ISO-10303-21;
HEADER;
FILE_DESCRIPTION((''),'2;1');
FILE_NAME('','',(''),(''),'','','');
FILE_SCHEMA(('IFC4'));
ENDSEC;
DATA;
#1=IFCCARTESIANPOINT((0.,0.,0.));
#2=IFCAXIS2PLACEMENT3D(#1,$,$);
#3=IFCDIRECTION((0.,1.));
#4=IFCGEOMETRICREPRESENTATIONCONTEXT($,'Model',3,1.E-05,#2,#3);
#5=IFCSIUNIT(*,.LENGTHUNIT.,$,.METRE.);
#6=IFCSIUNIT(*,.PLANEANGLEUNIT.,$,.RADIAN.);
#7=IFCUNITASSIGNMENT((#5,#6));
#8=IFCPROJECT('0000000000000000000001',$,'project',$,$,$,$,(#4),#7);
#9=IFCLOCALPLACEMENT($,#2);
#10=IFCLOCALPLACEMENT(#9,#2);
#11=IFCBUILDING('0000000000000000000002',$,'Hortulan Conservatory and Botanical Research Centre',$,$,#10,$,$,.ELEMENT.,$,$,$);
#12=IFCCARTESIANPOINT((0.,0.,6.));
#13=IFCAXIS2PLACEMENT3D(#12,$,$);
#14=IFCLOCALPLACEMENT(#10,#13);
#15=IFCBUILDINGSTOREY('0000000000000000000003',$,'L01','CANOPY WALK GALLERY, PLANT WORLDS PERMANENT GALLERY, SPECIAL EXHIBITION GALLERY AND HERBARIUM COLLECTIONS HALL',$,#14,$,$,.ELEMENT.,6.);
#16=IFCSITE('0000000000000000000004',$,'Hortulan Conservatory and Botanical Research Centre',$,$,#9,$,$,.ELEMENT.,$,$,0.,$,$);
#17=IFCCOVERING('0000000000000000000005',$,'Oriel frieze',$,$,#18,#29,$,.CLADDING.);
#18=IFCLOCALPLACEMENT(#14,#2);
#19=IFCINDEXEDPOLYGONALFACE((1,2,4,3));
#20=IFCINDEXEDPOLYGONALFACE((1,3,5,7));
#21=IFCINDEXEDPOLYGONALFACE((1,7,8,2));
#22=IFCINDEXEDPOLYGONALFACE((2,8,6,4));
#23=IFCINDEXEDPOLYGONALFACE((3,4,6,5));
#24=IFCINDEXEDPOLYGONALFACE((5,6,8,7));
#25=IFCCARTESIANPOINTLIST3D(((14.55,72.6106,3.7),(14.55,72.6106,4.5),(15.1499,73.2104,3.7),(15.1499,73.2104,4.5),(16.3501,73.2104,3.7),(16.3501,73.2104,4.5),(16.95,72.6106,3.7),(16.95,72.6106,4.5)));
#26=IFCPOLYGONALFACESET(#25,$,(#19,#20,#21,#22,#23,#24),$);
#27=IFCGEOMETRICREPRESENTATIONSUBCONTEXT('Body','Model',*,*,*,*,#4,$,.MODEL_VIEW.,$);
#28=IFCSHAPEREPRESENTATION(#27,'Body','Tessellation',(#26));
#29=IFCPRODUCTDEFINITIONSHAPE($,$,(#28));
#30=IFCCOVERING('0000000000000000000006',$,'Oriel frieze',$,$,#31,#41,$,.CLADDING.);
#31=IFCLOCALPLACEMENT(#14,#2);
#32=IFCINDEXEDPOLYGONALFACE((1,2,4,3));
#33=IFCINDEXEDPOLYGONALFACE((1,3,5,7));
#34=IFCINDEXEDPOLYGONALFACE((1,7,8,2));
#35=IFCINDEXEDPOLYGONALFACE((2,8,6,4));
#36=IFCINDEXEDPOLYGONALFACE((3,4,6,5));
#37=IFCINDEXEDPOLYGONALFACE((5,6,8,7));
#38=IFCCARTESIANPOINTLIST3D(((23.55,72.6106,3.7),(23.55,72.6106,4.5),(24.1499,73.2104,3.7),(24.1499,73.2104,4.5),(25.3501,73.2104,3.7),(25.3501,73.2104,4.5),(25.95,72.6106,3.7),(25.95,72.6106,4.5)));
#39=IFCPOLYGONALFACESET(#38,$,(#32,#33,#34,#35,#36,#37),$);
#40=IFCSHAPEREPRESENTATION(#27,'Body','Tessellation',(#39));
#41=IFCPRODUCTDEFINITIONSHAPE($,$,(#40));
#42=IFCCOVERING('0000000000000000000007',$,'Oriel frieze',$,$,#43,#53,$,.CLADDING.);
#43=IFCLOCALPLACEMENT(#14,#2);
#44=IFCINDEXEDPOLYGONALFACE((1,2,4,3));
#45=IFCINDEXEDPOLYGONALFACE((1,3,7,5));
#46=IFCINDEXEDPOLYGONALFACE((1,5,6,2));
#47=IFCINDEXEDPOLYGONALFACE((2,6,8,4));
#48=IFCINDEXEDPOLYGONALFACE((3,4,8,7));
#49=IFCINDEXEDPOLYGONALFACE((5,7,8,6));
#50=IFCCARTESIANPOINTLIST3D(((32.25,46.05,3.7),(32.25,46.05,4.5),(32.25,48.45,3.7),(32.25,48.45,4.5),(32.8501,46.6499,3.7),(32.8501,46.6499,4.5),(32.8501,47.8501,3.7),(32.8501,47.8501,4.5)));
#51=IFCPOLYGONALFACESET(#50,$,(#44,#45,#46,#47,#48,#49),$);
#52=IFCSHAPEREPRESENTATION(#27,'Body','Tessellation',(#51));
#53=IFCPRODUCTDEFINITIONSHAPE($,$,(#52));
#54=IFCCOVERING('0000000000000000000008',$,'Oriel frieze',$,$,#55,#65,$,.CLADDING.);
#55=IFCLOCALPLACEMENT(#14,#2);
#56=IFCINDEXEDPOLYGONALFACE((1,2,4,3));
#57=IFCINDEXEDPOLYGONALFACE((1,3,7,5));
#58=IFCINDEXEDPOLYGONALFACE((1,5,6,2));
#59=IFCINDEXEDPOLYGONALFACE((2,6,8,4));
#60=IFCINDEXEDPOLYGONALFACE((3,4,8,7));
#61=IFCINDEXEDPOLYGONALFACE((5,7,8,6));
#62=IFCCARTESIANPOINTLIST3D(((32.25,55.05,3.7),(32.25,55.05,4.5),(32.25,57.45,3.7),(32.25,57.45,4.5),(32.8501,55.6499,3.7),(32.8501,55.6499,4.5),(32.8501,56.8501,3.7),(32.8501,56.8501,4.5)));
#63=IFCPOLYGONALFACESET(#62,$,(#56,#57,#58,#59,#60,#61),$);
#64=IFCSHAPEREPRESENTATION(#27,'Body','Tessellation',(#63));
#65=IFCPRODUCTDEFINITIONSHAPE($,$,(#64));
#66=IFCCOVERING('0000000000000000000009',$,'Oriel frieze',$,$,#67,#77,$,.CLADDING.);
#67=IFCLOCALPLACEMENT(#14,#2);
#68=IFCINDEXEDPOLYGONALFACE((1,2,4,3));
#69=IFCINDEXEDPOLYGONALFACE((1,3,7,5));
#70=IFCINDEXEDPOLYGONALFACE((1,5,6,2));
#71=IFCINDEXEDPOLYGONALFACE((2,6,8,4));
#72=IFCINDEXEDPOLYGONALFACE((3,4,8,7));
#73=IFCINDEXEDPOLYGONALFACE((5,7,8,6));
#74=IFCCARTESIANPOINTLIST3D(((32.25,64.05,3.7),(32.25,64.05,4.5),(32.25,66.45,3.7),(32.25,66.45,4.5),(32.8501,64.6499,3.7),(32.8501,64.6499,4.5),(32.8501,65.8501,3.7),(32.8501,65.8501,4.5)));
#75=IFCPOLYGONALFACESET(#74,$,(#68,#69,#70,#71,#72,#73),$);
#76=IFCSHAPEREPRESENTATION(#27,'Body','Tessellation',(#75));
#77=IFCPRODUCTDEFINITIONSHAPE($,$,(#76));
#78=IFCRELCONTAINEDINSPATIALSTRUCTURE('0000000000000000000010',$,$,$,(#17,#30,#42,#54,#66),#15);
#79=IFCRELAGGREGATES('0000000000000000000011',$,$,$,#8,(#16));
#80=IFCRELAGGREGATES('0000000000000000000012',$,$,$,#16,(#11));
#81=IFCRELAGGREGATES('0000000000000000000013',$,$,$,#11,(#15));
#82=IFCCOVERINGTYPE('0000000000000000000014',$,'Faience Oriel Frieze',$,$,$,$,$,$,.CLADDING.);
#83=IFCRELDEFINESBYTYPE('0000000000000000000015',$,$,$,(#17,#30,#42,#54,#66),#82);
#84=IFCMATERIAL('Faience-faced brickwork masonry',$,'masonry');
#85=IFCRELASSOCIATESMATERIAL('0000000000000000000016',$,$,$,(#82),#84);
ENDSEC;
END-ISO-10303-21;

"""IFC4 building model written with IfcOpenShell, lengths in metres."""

from ifc_helpers import new_model, si_unit, direction, frame, origin, place, context, subcontext, project, spatial, polyline, outline, extrude, material, type_object, element, save


model = new_model("IFC4")

# Units and contexts
model_context = context("Model", 3, precision=1e-05, world=origin(), true_north=direction((0.0, 1.0)))
body_context = subcontext(model_context, "Body", "Model", "MODEL_VIEW")
ifc_project = project(units=[si_unit("LENGTHUNIT", "METRE"), si_unit("PLANEANGLEUNIT", "RADIAN")], contexts=[model_context])

# Site, building, storey
site_placement = place(None, origin())
site = spatial("IfcSite", under=ifc_project, at=site_placement, Name="Hortulan Conservatory and Botanical Research Centre", CompositionType="ELEMENT", RefElevation=0.0)
building_placement = place(site_placement, origin())
building = spatial("IfcBuilding", under=site, at=building_placement, Name="Hortulan Conservatory and Botanical Research Centre", CompositionType="ELEMENT")
storey_placement = place(building_placement, frame((0.0, 0.0, 6.0)))
storey = spatial("IfcBuildingStorey", under=building, at=storey_placement, Name="L01", Description="CANOPY WALK GALLERY, PLANT WORLDS PERMANENT GALLERY, SPECIAL EXHIBITION GALLERY AND HERBARIUM COLLECTIONS HALL", CompositionType="ELEMENT", Elevation=6.0)

# Coverings
ifc_material_1 = material(Name="Faience-faced brickwork masonry", Category="masonry")
covering_type_1 = type_object("IfcCoveringType", Name="Faience Oriel Frieze", PredefinedType="CLADDING", material=ifc_material_1)
covering_1_placement = place(storey_placement, frame((0.0, 0.0, 3.7)))
element("IfcCovering", 1, at=covering_1_placement, inside=storey, type_object=covering_type_1, Name="Oriel frieze", PredefinedType="CLADDING", context=body_context, shape_type="SweptSolid", body=[
    extrude(outline(polyline([(14.55, 72.6106), (15.1499, 73.2104), (16.3501, 73.2104), (16.95, 72.6106), (14.55, 72.6106)])), origin(), (0.0, 0.0, 1.0), 0.8),
])
covering_2_placement = place(storey_placement, frame((0.0, 0.0, 3.7)))
element("IfcCovering", 2, at=covering_2_placement, inside=storey, type_object=covering_type_1, Name="Oriel frieze", PredefinedType="CLADDING", context=body_context, shape_type="SweptSolid", body=[
    extrude(outline(polyline([(23.55, 72.6106), (24.1499, 73.2104), (25.3501, 73.2104), (25.95, 72.6106), (23.55, 72.6106)])), origin(), (0.0, 0.0, 1.0), 0.8),
])
covering_3_placement = place(storey_placement, frame((0.0, 0.0, 3.7)))
element("IfcCovering", 3, at=covering_3_placement, inside=storey, type_object=covering_type_1, Name="Oriel frieze", PredefinedType="CLADDING", context=body_context, shape_type="SweptSolid", body=[
    extrude(outline(polyline([(32.25, 48.45), (32.8501, 47.8501), (32.8501, 46.6499), (32.25, 46.05), (32.25, 48.45)])), origin(), (0.0, 0.0, 1.0), 0.8),
])
covering_4_placement = place(storey_placement, frame((0.0, 0.0, 3.7)))
element("IfcCovering", 4, at=covering_4_placement, inside=storey, type_object=covering_type_1, Name="Oriel frieze", PredefinedType="CLADDING", context=body_context, shape_type="SweptSolid", body=[
    extrude(outline(polyline([(32.25, 57.45), (32.8501, 56.8501), (32.8501, 55.6499), (32.25, 55.05), (32.25, 57.45)])), origin(), (0.0, 0.0, 1.0), 0.8),
])
covering_5_placement = place(storey_placement, frame((0.0, 0.0, 3.7)))
element("IfcCovering", 5, at=covering_5_placement, inside=storey, type_object=covering_type_1, Name="Oriel frieze", PredefinedType="CLADDING", context=body_context, shape_type="SweptSolid", body=[
    extrude(outline(polyline([(32.25, 66.45), (32.8501, 65.8501), (32.8501, 64.6499), (32.25, 64.05), (32.25, 66.45)])), origin(), (0.0, 0.0, 1.0), 0.8),
])

save(model, "model.ifc")
